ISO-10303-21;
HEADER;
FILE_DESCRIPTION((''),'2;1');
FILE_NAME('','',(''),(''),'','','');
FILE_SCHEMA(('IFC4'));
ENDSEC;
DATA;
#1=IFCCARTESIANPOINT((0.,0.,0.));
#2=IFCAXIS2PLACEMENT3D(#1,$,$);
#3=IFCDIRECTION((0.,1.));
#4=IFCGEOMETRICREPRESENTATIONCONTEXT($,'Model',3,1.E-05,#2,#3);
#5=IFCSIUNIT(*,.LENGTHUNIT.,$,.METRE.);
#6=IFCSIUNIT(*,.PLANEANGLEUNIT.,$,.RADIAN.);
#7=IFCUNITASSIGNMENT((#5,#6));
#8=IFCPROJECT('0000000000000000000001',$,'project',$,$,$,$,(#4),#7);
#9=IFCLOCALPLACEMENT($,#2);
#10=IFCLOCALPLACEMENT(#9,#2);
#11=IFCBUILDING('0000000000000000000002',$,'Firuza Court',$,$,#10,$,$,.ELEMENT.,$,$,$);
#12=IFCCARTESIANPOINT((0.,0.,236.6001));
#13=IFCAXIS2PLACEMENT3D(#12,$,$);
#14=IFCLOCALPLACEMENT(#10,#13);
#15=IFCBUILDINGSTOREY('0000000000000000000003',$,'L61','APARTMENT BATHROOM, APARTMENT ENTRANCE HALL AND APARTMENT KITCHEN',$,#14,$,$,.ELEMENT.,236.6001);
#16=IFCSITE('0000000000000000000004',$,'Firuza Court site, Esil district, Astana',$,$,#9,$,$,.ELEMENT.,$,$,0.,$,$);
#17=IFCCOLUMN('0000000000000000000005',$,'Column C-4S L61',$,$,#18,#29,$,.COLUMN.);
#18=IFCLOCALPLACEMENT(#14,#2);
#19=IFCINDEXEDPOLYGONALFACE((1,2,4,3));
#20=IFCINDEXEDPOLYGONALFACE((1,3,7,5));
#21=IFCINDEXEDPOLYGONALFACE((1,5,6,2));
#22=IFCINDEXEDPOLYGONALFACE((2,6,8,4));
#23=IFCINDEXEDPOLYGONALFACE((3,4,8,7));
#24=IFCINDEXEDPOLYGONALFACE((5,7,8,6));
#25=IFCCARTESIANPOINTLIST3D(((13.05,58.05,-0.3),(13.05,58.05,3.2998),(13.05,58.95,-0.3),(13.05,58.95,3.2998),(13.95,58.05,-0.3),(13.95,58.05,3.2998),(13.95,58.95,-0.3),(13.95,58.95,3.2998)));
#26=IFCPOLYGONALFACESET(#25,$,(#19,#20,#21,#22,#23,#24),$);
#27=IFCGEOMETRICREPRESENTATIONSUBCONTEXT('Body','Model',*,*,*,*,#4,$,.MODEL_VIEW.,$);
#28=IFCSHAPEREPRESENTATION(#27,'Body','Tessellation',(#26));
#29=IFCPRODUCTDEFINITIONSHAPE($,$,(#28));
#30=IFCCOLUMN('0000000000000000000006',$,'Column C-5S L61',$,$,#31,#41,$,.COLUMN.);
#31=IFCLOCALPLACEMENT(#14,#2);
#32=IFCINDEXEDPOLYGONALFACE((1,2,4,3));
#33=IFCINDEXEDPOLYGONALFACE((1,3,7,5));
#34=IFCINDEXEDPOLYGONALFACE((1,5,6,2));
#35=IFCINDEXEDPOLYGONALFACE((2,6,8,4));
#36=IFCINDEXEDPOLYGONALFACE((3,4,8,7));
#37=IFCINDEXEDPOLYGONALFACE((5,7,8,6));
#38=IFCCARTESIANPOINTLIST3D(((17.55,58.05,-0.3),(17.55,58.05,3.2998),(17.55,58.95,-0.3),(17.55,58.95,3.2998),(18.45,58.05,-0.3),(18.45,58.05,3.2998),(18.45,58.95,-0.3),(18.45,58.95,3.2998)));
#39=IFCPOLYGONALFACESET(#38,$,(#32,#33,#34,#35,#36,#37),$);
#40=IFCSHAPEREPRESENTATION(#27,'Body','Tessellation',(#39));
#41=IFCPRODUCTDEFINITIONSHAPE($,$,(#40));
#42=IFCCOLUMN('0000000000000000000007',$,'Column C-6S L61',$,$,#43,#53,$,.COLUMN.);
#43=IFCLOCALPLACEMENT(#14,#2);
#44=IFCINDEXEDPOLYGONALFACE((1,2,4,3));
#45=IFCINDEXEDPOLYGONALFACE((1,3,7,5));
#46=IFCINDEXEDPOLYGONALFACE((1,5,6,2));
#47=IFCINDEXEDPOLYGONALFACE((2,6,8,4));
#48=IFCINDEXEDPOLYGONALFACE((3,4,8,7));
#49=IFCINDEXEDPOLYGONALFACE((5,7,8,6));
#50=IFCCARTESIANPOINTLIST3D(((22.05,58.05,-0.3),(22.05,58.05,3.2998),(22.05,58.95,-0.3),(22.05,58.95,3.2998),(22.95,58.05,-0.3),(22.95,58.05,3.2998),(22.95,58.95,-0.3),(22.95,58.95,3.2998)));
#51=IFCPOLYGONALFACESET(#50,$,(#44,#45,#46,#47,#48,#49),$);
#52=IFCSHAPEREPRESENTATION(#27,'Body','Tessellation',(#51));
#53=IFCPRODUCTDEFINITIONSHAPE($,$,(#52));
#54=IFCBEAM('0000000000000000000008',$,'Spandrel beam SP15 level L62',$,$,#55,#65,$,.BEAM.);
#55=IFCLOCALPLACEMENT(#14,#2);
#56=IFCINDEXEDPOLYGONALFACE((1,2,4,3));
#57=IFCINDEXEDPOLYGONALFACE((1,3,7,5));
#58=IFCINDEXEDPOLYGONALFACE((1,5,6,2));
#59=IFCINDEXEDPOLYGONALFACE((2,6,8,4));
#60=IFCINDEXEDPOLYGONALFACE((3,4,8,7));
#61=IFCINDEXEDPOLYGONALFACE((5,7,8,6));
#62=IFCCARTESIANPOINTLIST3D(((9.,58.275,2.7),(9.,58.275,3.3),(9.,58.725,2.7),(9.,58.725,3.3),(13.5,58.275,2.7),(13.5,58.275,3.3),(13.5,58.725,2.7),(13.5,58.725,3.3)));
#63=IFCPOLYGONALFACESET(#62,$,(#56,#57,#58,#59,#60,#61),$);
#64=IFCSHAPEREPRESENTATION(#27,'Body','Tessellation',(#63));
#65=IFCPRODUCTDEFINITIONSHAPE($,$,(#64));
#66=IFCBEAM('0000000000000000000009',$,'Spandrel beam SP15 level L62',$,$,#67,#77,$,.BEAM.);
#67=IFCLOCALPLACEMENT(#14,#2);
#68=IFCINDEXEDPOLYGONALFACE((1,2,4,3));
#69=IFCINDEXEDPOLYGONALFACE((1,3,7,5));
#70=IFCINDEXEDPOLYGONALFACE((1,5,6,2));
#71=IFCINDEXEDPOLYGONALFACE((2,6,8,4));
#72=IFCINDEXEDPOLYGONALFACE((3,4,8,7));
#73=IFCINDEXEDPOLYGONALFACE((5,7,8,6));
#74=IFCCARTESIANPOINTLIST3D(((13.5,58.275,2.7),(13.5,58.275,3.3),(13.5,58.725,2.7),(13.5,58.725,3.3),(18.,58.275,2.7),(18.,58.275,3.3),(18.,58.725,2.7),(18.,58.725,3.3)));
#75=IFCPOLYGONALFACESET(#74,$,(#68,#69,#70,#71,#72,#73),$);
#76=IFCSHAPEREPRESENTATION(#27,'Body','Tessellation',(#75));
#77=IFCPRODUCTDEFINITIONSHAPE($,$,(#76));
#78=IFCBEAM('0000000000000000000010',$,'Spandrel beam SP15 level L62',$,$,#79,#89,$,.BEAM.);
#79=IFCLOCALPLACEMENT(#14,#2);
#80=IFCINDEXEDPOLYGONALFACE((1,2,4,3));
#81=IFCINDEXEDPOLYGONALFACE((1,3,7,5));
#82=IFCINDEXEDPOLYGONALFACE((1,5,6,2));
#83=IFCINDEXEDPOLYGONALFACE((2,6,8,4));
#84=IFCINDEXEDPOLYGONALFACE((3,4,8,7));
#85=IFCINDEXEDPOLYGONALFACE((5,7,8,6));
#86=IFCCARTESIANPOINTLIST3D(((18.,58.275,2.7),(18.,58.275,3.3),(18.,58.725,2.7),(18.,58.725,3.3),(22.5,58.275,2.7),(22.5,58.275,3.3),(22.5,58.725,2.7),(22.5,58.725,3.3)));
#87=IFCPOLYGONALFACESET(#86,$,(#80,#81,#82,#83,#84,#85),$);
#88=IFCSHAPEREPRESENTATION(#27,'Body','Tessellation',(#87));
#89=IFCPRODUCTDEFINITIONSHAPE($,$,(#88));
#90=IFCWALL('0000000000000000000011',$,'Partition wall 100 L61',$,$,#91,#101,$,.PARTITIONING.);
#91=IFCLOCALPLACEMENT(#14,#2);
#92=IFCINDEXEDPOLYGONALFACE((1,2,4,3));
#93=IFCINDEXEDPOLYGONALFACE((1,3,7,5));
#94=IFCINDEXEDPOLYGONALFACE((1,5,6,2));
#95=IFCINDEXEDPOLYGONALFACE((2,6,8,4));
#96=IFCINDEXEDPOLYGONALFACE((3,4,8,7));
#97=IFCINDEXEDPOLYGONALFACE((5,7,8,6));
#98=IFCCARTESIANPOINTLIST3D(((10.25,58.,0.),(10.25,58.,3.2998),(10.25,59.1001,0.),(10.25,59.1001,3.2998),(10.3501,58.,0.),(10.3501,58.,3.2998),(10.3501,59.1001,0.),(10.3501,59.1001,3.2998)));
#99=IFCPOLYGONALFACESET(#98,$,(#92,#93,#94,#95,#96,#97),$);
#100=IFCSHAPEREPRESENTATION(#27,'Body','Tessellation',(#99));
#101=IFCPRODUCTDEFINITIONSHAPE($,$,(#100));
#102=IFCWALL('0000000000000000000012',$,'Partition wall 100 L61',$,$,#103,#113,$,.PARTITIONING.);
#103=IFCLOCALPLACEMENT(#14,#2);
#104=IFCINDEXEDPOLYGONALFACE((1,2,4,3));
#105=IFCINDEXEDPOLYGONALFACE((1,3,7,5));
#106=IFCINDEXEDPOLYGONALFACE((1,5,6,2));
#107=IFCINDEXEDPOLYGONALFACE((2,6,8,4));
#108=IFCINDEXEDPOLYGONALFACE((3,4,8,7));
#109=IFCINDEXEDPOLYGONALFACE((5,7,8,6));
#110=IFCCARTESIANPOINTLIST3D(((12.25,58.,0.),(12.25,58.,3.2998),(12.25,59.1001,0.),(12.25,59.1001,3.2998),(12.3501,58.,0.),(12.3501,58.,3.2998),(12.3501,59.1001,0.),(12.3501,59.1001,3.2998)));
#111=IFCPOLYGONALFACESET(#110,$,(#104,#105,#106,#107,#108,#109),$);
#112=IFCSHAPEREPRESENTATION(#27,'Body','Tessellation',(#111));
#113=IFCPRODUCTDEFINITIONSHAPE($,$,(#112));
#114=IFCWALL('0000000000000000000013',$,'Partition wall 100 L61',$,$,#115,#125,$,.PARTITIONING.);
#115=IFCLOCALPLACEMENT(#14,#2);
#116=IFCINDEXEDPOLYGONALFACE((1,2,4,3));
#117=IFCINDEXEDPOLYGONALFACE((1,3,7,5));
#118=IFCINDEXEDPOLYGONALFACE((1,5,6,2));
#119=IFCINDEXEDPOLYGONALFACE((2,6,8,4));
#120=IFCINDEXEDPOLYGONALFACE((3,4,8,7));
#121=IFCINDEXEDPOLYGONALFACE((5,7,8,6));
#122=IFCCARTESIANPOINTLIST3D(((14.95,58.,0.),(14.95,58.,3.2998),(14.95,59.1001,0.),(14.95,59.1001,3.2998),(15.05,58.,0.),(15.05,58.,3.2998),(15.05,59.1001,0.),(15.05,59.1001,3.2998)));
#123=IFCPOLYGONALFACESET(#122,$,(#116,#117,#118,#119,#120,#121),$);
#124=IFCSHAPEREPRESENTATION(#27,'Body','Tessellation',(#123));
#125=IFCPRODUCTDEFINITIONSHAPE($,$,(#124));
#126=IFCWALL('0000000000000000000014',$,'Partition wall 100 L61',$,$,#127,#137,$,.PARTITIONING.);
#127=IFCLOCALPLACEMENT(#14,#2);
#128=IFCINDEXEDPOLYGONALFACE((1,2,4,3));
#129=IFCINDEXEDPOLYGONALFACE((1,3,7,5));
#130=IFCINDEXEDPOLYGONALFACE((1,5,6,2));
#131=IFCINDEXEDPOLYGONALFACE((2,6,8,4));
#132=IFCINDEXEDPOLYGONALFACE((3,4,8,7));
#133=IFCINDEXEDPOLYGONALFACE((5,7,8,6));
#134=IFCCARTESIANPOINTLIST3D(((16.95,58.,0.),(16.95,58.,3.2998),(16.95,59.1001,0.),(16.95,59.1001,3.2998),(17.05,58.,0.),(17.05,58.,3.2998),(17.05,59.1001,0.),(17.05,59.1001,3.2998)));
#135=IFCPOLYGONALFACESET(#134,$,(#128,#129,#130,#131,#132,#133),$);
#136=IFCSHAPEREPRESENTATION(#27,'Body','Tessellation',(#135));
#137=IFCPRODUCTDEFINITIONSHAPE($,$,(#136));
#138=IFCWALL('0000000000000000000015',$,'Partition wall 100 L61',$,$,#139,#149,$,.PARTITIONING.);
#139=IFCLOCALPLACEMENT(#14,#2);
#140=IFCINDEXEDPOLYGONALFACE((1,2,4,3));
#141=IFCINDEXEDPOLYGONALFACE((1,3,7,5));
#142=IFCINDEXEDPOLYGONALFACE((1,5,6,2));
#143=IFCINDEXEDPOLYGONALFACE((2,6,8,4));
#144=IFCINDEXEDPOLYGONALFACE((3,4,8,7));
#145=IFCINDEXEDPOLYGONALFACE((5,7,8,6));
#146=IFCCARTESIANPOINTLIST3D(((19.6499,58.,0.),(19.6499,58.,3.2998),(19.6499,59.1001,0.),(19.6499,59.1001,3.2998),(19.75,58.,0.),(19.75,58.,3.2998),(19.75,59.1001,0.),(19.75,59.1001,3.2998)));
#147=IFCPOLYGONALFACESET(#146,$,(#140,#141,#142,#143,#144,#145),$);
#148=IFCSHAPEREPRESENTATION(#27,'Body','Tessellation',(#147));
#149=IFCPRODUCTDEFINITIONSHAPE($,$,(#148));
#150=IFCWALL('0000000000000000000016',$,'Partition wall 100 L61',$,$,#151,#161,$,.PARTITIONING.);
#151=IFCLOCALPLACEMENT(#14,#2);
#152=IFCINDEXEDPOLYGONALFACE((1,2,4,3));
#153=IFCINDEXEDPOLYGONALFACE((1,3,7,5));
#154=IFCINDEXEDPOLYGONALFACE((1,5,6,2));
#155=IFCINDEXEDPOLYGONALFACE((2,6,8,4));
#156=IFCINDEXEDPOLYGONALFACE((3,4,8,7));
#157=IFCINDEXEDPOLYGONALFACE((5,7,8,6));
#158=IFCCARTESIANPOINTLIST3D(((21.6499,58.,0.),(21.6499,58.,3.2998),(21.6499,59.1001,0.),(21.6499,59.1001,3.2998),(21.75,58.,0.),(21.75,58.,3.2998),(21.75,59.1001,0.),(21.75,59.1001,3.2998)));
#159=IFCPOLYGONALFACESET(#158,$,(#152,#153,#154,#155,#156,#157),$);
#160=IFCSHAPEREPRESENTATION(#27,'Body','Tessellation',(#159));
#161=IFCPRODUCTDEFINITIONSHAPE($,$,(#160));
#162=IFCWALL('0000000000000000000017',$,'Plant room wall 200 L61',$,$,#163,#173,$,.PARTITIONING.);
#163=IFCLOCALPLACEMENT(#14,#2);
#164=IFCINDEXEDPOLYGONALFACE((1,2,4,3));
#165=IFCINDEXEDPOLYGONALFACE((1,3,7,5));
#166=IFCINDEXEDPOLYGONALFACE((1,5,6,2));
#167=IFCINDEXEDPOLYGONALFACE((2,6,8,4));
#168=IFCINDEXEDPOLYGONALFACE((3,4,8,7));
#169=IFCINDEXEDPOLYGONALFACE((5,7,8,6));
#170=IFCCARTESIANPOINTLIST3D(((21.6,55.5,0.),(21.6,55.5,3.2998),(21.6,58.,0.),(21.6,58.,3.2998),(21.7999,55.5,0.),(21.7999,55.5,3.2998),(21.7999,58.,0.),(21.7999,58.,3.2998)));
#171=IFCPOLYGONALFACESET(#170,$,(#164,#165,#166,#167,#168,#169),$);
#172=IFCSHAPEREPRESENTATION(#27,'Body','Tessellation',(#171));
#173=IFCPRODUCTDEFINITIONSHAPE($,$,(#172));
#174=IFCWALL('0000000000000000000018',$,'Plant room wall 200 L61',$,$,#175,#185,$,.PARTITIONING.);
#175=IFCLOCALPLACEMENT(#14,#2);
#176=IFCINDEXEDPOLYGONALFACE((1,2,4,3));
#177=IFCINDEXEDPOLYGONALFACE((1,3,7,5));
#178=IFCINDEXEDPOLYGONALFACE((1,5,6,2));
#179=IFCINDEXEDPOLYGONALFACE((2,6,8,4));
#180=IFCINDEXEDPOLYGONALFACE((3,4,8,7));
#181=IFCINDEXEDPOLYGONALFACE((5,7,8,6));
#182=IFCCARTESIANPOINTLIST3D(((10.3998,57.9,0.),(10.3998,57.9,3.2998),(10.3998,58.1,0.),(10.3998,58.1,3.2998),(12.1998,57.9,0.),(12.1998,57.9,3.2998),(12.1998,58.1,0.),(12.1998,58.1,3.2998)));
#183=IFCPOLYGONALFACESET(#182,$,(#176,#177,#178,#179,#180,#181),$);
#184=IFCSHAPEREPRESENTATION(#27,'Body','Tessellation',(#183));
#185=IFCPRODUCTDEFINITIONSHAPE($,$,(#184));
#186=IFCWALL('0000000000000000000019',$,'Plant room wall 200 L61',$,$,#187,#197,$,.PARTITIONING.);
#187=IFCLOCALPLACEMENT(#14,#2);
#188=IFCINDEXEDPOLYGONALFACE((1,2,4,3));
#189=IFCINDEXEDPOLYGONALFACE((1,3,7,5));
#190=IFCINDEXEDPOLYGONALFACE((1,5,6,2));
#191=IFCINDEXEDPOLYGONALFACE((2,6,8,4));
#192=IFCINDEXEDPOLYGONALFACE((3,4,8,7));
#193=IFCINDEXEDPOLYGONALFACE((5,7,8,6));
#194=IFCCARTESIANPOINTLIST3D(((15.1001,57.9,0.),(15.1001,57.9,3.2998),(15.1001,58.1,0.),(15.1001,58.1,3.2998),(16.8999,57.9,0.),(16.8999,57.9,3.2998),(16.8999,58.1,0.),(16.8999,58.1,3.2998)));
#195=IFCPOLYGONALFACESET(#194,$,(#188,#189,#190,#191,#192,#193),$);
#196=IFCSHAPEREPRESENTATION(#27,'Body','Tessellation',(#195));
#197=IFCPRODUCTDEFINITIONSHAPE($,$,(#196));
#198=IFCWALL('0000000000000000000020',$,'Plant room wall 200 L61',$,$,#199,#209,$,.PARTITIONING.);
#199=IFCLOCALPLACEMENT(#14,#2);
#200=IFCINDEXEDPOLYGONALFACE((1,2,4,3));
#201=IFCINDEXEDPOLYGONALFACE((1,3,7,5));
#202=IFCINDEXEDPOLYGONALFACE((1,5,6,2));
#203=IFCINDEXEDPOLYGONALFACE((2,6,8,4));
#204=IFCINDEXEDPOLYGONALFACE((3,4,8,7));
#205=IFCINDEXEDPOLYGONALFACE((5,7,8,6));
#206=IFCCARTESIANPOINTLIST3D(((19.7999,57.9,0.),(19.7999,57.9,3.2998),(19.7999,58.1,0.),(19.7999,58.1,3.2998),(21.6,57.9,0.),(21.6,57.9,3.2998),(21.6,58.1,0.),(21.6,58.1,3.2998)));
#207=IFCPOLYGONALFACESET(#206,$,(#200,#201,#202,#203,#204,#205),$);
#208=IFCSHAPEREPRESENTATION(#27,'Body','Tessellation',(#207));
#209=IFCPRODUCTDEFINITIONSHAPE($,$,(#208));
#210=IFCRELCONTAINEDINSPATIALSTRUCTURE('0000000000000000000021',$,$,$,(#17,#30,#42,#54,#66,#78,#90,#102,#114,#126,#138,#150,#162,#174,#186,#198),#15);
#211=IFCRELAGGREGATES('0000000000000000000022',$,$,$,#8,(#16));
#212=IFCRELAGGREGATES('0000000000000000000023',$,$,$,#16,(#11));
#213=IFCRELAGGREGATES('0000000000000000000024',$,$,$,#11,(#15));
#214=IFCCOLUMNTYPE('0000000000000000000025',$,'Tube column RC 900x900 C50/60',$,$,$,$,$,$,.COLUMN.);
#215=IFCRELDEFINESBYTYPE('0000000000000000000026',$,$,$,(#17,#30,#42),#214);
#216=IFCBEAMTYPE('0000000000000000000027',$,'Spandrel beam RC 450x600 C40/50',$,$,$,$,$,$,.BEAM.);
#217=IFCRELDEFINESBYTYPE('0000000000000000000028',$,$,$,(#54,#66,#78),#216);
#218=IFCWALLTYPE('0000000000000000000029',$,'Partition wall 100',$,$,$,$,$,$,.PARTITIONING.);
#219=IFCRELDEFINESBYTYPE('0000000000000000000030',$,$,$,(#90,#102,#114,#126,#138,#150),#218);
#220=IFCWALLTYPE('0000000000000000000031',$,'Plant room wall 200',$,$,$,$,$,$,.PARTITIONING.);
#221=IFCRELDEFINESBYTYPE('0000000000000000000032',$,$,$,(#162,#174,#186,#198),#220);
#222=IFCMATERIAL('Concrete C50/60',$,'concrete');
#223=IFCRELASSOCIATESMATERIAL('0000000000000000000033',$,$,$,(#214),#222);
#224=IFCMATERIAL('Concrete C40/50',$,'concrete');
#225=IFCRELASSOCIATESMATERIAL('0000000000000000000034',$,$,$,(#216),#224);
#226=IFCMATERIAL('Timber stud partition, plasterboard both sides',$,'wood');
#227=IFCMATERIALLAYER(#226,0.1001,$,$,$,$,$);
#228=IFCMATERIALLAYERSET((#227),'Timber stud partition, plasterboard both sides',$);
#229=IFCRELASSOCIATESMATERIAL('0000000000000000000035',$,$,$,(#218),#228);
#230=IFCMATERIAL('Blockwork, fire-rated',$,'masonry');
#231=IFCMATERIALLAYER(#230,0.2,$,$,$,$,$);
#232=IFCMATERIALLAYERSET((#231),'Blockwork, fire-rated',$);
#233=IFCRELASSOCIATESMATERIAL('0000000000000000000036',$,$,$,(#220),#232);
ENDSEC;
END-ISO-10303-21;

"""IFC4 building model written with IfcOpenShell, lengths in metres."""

from ifc_helpers import new_model, si_unit, direction, frame, frame_2d, origin, origin_2d, place, context, subcontext, project, spatial, rectangle, extrude, material, layer, layer_set, material_profile, profile_set, type_object, element, save


model = new_model("IFC4")

# Units and contexts
model_context = context("Model", 3, precision=1e-05, world=origin(), true_north=direction((0.0, 1.0)))
body_context = subcontext(model_context, "Body", "Model", "MODEL_VIEW")
ifc_project = project(units=[si_unit("LENGTHUNIT", "METRE"), si_unit("PLANEANGLEUNIT", "RADIAN")], contexts=[model_context])

# Site, building, storey
site_placement = place(None, origin())
site = spatial("IfcSite", under=ifc_project, at=site_placement, Name="Firuza Court site, Esil district, Astana", CompositionType="ELEMENT", RefElevation=0.0)
building_placement = place(site_placement, origin())
building = spatial("IfcBuilding", under=site, at=building_placement, Name="Firuza Court", CompositionType="ELEMENT")
storey_placement = place(building_placement, frame((0.0, 0.0, 236.6001)))
storey = spatial("IfcBuildingStorey", under=building, at=storey_placement, Name="L61", Description="APARTMENT BATHROOM, APARTMENT ENTRANCE HALL AND APARTMENT KITCHEN", CompositionType="ELEMENT", Elevation=236.6001)

# Columns
ifc_material_1 = material(Name="Concrete C50/60", Category="concrete")
ifc_material_profile_1 = material_profile(ifc_material_1, rectangle(XDim=0.8999, YDim=0.8999, at=origin_2d()), Name="RC 900x900")
ifc_profile_set_1 = profile_set([ifc_material_profile_1], Name="Concrete C50/60")
column_type = type_object("IfcColumnType", Name="Tube column RC 900x900 C50/60", PredefinedType="COLUMN", material=ifc_profile_set_1)
for number, where, z_axis, x_axis, name in (
    (1, (13.5, 58.5, -0.3), (0.0, 0.0, 1.0), (1.0, 0.0, 0.0), "Column C-4S L61"),
    (2, (18.0, 58.5, -0.3), (0.0, 0.0, 1.0), (1.0, 0.0, 0.0), "Column C-5S L61"),
    (3, (22.5, 58.5, -0.3), (0.0, 0.0, 1.0), (1.0, 0.0, 0.0), "Column C-6S L61"),
):
    element("IfcColumn", number, at=place(storey_placement, frame(where, z_axis=z_axis, x_axis=x_axis)), inside=storey, type_object=column_type, Name=name, PredefinedType="COLUMN", context=body_context, shape_type="SweptSolid", body=[
        extrude(rectangle(XDim=0.8999, YDim=0.8999, at=origin_2d()), origin(), (0.0, 0.0, 1.0), 3.5999),
    ])

# Beams
ifc_material_2 = material(Name="Concrete C40/50", Category="concrete")
ifc_material_profile_2 = material_profile(ifc_material_2, rectangle(XDim=0.45, YDim=0.6001, at=origin_2d()), Name="RC 450x600")
ifc_profile_set_2 = profile_set([ifc_material_profile_2], Name="Concrete C40/50")
beam_type = type_object("IfcBeamType", Name="Spandrel beam RC 450x600 C40/50", PredefinedType="BEAM", material=ifc_profile_set_2)
for number, where, z_axis, x_axis, name in (
    (4, (13.5, 58.5, 3.0), (-1.0, 0.0, 0.0), (0.0, -1.0, 0.0), "Spandrel beam SP15 level L62"),
    (5, (18.0, 58.5, 3.0), (-1.0, 0.0, 0.0), (0.0, -1.0, 0.0), "Spandrel beam SP15 level L62"),
    (6, (22.5, 58.5, 3.0), (-1.0, 0.0, 0.0), (0.0, -1.0, 0.0), "Spandrel beam SP15 level L62"),
):
    element("IfcBeam", number, at=place(storey_placement, frame(where, z_axis=z_axis, x_axis=x_axis)), inside=storey, type_object=beam_type, Name=name, PredefinedType="BEAM", context=body_context, shape_type="SweptSolid", body=[
        extrude(rectangle(XDim=0.45, YDim=0.6001, at=origin_2d()), origin(), (0.0, 0.0, 1.0), 4.5),
    ])

# Walls
ifc_material_3 = material(Name="Timber stud partition, plasterboard both sides", Category="wood")
ifc_layer_1 = layer(ifc_material_3, 0.1001)
ifc_layer_set_1 = layer_set([ifc_layer_1], Name="Timber stud partition, plasterboard both sides")
wall_type_1 = type_object("IfcWallType", Name="Partition wall 100", PredefinedType="PARTITIONING", material=ifc_layer_set_1)
for number, where, z_axis, x_axis, name in (
    (7, (10.3, 58.0, 0.0), (0.0, 0.0, 1.0), (0.0, 1.0, 0.0), "Partition wall 100 L61"),
    (8, (12.3, 58.0, 0.0), (0.0, 0.0, 1.0), (0.0, 1.0, 0.0), "Partition wall 100 L61"),
    (9, (15.0, 58.0, 0.0), (0.0, 0.0, 1.0), (0.0, 1.0, 0.0), "Partition wall 100 L61"),
    (10, (17.0, 58.0, 0.0), (0.0, 0.0, 1.0), (0.0, 1.0, 0.0), "Partition wall 100 L61"),
    (11, (19.7, 58.0, 0.0), (0.0, 0.0, 1.0), (0.0, 1.0, 0.0), "Partition wall 100 L61"),
    (12, (21.7, 58.0, 0.0), (0.0, 0.0, 1.0), (0.0, 1.0, 0.0), "Partition wall 100 L61"),
):
    element("IfcWall", number, at=place(storey_placement, frame(where, z_axis=z_axis, x_axis=x_axis)), inside=storey, type_object=wall_type_1, Name=name, PredefinedType="PARTITIONING", context=body_context, shape_type="SweptSolid", body=[
        extrude(rectangle(XDim=1.1001, YDim=0.1001, at=frame_2d((0.55, 0.0))), origin(), (0.0, 0.0, 1.0), 3.2998),
    ])
ifc_material_4 = material(Name="Blockwork, fire-rated", Category="masonry")
ifc_layer_2 = layer(ifc_material_4, 0.2)
ifc_layer_set_2 = layer_set([ifc_layer_2], Name="Blockwork, fire-rated")
wall_type_2 = type_object("IfcWallType", Name="Plant room wall 200", PredefinedType="PARTITIONING", material=ifc_layer_set_2)
wall_1_placement = place(storey_placement, frame((21.7, 55.5, 0.0), z_axis=(0.0, 0.0, 1.0), x_axis=(0.0, 1.0, 0.0)))
element("IfcWall", 13, at=wall_1_placement, inside=storey, type_object=wall_type_2, Name="Plant room wall 200 L61", PredefinedType="PARTITIONING", context=body_context, shape_type="SweptSolid", body=[
    extrude(rectangle(XDim=2.5, YDim=0.2, at=frame_2d((1.25, 0.0))), origin(), (0.0, 0.0, 1.0), 3.2998),
])
wall_2_placement = place(storey_placement, frame((10.3999, 58.0, 0.0), z_axis=(0.0, 0.0, 1.0), x_axis=(1.0, 0.0, 0.0)))
element("IfcWall", 14, at=wall_2_placement, inside=storey, type_object=wall_type_2, Name="Plant room wall 200 L61", PredefinedType="PARTITIONING", context=body_context, shape_type="SweptSolid", body=[
    extrude(rectangle(XDim=1.8, YDim=0.2, at=frame_2d((0.8999, 0.0))), origin(), (0.0, 0.0, 1.0), 3.2998),
])
wall_3_placement = place(storey_placement, frame((15.1001, 58.0, 0.0), z_axis=(0.0, 0.0, 1.0), x_axis=(1.0, 0.0, 0.0)))
element("IfcWall", 15, at=wall_3_placement, inside=storey, type_object=wall_type_2, Name="Plant room wall 200 L61", PredefinedType="PARTITIONING", context=body_context, shape_type="SweptSolid", body=[
    extrude(rectangle(XDim=1.7998, YDim=0.2, at=frame_2d((0.8999, 0.0))), origin(), (0.0, 0.0, 1.0), 3.2998),
])
wall_4_placement = place(storey_placement, frame((19.8, 58.0, 0.0), z_axis=(0.0, 0.0, 1.0), x_axis=(1.0, 0.0, 0.0)))
element("IfcWall", 16, at=wall_4_placement, inside=storey, type_object=wall_type_2, Name="Plant room wall 200 L61", PredefinedType="PARTITIONING", context=body_context, shape_type="SweptSolid", body=[
    extrude(rectangle(XDim=1.8, YDim=0.2, at=frame_2d((0.8999, 0.0))), origin(), (0.0, 0.0, 1.0), 3.2998),
])

save(model, "model.ifc")
